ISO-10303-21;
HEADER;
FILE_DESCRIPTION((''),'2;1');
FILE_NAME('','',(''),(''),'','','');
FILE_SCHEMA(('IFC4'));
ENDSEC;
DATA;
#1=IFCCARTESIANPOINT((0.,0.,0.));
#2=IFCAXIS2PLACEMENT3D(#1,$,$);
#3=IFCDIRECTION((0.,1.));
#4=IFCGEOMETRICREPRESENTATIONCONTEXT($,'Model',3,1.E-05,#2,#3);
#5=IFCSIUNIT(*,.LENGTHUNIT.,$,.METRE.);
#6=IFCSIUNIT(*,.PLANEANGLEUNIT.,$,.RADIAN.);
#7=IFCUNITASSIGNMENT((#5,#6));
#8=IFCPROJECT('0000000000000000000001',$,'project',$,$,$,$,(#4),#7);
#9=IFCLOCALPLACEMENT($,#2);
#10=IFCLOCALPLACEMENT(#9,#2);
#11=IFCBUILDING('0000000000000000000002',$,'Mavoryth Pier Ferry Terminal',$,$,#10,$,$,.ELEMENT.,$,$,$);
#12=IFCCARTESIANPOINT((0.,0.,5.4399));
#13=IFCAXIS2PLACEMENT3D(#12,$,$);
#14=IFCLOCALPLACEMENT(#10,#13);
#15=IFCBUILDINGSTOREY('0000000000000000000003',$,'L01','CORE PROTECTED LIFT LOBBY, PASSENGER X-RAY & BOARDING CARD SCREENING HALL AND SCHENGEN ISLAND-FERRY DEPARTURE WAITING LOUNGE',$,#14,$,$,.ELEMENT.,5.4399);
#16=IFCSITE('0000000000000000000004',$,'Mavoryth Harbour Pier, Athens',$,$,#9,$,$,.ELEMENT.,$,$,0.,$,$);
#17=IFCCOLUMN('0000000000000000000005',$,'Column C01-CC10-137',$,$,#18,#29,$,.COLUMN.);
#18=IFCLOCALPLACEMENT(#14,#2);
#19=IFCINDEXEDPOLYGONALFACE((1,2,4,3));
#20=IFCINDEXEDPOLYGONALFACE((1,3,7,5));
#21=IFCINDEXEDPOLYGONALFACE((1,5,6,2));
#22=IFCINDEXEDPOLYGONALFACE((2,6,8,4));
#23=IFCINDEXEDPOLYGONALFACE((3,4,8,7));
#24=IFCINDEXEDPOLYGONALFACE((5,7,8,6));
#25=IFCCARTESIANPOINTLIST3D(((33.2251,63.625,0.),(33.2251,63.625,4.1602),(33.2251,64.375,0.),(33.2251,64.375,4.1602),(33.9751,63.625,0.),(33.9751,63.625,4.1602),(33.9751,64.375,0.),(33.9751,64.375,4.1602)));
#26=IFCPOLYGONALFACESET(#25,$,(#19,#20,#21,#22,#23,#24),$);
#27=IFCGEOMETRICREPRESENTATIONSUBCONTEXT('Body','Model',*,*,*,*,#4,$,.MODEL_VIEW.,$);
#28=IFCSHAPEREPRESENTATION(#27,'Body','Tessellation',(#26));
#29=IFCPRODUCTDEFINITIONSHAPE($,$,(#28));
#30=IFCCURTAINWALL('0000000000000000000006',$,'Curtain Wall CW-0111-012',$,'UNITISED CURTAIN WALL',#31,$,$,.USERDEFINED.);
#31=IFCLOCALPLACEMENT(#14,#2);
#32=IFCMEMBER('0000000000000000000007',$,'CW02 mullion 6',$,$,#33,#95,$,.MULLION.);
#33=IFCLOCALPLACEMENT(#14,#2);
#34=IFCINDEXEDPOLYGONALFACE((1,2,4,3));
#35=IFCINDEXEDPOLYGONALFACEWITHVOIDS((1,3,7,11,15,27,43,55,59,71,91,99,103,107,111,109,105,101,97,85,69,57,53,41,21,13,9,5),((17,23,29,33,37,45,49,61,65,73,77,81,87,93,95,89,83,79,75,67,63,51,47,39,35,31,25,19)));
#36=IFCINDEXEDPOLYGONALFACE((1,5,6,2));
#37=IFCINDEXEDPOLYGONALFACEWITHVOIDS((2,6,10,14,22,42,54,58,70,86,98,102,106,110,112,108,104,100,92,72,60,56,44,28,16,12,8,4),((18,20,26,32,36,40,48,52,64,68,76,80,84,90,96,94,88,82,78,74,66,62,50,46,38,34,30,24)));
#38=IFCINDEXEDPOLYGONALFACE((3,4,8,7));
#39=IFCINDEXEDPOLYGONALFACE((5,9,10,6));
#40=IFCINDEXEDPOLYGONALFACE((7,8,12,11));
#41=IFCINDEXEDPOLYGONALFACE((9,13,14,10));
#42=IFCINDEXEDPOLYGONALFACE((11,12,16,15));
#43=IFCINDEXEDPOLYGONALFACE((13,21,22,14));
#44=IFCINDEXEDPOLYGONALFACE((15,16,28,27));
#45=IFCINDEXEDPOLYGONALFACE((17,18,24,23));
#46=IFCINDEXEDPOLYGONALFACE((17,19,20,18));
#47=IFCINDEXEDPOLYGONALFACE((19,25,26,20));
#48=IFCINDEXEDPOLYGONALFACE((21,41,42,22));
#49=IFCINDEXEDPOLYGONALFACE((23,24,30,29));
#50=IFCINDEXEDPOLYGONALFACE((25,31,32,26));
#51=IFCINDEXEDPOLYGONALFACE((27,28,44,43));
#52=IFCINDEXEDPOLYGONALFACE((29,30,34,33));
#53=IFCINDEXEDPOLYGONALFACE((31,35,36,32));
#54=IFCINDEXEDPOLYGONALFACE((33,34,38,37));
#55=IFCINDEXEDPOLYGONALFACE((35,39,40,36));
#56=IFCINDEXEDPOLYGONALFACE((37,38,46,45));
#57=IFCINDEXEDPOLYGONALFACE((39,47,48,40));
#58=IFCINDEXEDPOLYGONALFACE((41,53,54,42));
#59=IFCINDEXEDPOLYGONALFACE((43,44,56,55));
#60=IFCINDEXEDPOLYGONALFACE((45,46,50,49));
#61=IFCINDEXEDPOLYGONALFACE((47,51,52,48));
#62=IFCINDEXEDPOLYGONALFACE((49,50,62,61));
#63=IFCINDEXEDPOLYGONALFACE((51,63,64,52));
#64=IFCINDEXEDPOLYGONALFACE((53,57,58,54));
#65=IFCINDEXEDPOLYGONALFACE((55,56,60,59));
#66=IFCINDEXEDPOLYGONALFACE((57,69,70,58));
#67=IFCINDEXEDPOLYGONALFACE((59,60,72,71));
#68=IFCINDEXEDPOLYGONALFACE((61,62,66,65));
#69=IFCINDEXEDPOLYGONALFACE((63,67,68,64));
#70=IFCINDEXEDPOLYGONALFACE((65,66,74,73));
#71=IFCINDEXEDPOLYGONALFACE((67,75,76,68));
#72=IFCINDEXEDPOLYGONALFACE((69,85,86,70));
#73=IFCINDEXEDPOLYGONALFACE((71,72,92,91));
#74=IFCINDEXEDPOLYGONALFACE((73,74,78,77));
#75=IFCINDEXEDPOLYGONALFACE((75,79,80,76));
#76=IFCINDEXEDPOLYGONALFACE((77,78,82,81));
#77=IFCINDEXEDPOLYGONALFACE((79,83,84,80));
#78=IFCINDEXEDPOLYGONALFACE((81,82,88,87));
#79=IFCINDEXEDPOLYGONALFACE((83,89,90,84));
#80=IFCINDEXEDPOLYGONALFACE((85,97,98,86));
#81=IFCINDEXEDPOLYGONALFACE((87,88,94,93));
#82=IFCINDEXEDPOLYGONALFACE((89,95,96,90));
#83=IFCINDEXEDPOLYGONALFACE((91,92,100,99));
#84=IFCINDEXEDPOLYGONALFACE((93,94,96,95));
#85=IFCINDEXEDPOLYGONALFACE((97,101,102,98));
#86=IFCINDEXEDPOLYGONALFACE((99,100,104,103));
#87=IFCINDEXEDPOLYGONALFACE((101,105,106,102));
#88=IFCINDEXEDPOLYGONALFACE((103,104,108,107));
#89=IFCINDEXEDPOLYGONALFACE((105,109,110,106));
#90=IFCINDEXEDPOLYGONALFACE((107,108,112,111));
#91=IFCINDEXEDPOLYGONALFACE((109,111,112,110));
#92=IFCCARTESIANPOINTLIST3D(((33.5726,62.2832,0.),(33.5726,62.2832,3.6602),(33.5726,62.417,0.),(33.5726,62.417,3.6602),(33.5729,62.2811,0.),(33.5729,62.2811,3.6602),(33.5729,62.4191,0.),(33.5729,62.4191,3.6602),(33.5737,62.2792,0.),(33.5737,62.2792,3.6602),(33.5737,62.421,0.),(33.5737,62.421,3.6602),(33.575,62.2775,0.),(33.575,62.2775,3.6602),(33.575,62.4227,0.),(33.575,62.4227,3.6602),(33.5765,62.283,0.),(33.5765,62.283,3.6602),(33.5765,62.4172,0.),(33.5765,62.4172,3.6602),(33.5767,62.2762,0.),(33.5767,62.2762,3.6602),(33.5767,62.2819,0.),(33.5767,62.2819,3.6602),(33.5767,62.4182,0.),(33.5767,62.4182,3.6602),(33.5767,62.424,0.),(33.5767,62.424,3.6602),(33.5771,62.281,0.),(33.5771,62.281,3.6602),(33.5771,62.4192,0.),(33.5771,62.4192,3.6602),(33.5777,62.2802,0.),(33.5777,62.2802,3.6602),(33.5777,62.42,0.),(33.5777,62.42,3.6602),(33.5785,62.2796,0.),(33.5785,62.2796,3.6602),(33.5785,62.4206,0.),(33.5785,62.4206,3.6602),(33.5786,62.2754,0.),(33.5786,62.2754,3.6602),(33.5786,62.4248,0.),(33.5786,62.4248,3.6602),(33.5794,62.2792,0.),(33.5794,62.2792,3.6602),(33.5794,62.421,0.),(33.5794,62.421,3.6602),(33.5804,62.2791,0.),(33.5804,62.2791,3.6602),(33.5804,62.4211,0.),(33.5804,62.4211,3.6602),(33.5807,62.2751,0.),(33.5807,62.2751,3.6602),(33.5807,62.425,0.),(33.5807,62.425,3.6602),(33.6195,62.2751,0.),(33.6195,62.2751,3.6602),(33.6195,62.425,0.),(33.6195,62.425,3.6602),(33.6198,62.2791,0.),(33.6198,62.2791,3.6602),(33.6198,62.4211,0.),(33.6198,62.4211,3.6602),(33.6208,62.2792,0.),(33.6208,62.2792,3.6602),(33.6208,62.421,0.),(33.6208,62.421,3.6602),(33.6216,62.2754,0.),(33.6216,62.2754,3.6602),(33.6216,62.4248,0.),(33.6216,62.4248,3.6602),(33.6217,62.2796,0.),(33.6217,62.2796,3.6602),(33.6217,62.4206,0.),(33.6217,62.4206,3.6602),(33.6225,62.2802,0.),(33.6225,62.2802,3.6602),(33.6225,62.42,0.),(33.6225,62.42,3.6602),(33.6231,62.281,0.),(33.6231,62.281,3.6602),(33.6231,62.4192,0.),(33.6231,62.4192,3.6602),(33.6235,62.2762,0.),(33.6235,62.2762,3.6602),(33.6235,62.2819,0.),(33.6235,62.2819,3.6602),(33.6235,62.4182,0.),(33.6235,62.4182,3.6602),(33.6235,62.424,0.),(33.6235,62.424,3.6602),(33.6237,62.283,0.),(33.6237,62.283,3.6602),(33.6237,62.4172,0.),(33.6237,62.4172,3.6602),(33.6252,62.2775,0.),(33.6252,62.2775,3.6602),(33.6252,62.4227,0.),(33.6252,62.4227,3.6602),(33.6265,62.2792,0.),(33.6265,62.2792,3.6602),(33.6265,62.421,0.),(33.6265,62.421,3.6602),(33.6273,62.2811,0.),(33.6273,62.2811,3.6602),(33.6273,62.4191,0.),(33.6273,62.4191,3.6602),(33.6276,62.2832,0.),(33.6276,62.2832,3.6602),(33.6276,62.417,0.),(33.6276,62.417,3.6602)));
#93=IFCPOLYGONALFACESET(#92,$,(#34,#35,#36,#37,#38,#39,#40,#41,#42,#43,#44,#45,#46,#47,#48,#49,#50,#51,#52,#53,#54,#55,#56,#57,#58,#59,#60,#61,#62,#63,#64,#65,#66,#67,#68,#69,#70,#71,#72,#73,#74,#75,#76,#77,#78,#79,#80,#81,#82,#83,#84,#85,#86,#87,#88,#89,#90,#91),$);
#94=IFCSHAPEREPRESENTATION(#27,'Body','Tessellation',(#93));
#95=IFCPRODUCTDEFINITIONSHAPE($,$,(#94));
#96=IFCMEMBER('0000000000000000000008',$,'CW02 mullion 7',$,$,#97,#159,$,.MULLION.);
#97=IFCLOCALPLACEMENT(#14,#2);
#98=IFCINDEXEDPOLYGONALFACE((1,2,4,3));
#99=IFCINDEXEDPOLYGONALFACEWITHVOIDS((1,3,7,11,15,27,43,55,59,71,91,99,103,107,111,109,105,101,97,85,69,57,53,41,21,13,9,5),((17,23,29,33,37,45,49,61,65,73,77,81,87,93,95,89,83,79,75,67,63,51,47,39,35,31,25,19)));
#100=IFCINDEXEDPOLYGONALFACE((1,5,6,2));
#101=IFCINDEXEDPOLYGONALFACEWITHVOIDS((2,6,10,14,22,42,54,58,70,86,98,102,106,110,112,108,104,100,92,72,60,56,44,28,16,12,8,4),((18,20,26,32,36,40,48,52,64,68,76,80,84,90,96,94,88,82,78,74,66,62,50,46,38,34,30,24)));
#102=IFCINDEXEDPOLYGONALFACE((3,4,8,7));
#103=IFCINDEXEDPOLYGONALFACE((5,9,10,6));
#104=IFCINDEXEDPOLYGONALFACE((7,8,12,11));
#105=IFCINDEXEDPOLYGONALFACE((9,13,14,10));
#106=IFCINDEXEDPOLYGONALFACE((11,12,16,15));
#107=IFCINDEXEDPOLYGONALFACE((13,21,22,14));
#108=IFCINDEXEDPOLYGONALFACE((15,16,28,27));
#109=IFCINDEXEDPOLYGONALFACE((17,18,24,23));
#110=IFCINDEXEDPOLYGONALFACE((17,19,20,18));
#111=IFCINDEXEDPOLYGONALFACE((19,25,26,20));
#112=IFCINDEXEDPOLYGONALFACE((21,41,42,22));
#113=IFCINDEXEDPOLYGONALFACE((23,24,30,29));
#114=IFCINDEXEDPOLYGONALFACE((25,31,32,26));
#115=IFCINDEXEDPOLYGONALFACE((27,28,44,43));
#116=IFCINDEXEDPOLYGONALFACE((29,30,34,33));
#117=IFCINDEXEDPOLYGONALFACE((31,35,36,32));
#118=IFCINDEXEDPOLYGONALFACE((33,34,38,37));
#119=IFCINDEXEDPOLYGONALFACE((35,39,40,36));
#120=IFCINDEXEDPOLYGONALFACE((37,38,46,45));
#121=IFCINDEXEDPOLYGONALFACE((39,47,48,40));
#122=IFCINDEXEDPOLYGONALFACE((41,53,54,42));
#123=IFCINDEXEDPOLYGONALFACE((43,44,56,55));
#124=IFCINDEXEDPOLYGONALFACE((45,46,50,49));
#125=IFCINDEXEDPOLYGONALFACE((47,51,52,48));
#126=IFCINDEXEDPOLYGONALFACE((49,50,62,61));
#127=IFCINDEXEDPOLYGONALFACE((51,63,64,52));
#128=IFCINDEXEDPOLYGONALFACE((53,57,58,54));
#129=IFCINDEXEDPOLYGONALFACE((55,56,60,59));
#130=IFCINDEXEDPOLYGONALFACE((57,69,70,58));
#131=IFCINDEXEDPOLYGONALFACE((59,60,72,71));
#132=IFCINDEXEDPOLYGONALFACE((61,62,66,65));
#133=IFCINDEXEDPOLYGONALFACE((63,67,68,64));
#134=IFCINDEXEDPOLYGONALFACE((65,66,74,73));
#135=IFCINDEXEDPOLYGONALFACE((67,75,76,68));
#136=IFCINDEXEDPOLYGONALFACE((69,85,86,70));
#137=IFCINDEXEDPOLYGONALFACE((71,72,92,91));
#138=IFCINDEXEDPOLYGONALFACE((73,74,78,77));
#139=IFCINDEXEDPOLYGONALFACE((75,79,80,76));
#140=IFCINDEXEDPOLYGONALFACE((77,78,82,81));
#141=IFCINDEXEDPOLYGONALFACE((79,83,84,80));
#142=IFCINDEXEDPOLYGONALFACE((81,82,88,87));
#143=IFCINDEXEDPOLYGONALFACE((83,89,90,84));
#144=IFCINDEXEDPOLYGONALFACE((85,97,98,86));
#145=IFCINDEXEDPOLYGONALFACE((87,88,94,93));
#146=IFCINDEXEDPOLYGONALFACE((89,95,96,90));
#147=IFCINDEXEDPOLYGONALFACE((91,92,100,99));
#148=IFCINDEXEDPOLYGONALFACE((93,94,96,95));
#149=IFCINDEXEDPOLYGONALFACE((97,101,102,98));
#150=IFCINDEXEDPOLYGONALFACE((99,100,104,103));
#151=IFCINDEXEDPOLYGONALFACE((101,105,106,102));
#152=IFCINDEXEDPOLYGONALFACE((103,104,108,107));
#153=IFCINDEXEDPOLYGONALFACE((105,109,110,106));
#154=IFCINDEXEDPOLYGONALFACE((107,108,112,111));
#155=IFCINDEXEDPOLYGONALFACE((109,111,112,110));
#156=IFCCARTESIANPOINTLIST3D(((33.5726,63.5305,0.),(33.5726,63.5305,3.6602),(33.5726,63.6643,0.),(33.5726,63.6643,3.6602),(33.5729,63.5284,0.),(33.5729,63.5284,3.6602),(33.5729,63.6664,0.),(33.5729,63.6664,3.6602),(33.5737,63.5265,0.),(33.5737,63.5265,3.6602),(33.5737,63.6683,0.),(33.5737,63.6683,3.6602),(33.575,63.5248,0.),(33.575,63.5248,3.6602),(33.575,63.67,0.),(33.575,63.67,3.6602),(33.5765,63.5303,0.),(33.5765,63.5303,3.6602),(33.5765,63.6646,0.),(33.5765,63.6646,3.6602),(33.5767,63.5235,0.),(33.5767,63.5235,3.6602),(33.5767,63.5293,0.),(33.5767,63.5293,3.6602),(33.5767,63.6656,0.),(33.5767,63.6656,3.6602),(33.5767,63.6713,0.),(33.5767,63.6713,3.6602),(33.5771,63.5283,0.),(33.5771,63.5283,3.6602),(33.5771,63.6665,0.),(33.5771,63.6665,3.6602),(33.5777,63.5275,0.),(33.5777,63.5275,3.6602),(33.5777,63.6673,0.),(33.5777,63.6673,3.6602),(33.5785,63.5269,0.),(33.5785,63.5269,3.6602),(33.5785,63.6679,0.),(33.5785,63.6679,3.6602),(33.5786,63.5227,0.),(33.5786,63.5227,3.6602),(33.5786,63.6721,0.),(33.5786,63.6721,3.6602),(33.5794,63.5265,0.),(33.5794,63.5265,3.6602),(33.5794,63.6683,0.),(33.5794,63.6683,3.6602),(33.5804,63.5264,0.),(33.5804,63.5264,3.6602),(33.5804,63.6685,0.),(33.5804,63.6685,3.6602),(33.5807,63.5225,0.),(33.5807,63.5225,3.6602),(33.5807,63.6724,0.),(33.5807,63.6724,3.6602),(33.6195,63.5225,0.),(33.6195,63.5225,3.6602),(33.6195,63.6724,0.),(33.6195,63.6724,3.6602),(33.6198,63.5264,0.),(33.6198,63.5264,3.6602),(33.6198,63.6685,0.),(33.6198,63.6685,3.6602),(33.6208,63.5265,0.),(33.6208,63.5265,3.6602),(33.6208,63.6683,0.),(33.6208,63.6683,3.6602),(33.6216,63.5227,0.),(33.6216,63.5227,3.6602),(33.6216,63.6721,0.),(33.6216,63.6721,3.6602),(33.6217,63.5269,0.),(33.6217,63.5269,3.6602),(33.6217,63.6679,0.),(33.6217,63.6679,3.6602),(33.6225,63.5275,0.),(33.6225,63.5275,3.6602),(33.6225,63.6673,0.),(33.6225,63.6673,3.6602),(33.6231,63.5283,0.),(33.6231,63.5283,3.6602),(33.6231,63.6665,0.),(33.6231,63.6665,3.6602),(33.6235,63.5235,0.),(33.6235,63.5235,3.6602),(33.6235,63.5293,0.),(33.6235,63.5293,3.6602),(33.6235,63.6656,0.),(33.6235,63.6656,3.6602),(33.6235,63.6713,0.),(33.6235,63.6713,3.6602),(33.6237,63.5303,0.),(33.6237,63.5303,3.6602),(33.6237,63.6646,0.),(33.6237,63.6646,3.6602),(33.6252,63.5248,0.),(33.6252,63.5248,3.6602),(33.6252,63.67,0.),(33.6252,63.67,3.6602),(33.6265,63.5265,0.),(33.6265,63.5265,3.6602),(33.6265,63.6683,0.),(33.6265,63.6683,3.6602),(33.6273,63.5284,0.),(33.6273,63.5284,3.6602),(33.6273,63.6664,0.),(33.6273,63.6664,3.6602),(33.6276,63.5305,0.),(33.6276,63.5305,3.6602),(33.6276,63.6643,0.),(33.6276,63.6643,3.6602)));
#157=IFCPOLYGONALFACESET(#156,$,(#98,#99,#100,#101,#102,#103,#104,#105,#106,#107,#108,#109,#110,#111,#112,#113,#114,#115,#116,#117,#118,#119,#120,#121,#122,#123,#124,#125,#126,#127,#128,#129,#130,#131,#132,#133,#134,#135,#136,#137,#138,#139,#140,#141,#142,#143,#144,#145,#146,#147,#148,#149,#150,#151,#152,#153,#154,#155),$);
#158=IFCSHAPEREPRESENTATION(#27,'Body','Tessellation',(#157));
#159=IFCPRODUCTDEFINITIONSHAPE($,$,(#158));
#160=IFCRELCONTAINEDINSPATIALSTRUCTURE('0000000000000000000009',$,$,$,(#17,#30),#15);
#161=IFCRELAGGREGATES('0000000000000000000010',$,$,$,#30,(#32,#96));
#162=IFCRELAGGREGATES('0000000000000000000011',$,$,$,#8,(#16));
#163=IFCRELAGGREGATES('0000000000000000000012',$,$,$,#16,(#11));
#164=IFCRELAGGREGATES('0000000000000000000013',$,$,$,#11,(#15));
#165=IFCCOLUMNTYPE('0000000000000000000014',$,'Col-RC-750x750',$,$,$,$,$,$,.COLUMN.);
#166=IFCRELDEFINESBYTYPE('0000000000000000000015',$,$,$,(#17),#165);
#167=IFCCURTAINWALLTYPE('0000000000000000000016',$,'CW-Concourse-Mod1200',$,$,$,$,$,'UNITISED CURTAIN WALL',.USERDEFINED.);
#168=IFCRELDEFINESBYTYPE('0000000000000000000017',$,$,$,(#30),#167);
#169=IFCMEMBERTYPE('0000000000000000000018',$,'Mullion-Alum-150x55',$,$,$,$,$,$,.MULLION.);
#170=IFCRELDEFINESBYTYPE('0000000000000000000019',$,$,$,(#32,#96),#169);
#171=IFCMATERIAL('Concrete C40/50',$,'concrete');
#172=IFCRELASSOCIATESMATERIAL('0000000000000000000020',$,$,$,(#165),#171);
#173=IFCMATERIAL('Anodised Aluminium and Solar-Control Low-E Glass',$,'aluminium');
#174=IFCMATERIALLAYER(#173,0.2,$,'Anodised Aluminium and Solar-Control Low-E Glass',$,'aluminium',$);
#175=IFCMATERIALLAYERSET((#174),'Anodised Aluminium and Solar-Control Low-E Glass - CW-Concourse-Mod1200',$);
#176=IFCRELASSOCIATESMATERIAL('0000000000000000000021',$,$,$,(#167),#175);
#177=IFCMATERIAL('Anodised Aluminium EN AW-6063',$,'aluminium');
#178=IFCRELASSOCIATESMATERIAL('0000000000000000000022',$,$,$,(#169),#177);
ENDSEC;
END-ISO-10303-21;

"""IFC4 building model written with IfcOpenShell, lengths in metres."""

from ifc_helpers import new_model, si_unit, direction, frame, origin, origin_2d, place, context, subcontext, project, spatial, rectangle, hollow_rectangle, extrude, material, layer, layer_set, material_profile, profile_set, type_object, element, aggregate, save


model = new_model("IFC4")

# Units and contexts
model_context = context("Model", 3, precision=1e-05, world=origin(), true_north=direction((0.0, 1.0)))
body_context = subcontext(model_context, "Body", "Model", "MODEL_VIEW")
ifc_project = project(units=[si_unit("LENGTHUNIT", "METRE"), si_unit("PLANEANGLEUNIT", "RADIAN")], contexts=[model_context])

# Site, building, storey
site_placement = place(None, origin())
site = spatial("IfcSite", under=ifc_project, at=site_placement, Name="Mavoryth Harbour Pier, Athens", CompositionType="ELEMENT", RefElevation=0.0)
building_placement = place(site_placement, origin())
building = spatial("IfcBuilding", under=site, at=building_placement, Name="Mavoryth Pier Ferry Terminal", CompositionType="ELEMENT")
storey_placement = place(building_placement, frame((0.0, 0.0, 5.4399)))
storey = spatial("IfcBuildingStorey", under=building, at=storey_placement, Name="L01", Description="CORE PROTECTED LIFT LOBBY, PASSENGER X-RAY & BOARDING CARD SCREENING HALL AND SCHENGEN ISLAND-FERRY DEPARTURE WAITING LOUNGE", CompositionType="ELEMENT", Elevation=5.4399)

# Column
ifc_material_1 = material(Name="Concrete C40/50", Category="concrete")
ifc_material_profile_1 = material_profile(ifc_material_1, rectangle(XDim=0.75, YDim=0.75, at=origin_2d()), Name="RC 750x750", Category="concrete")
ifc_profile_set_1 = profile_set([ifc_material_profile_1], Name="Concrete C40/50 - RC 750x750")
column_type = type_object("IfcColumnType", Name="Col-RC-750x750", PredefinedType="COLUMN", material=ifc_profile_set_1)
column_placement = place(storey_placement, frame((33.6001, 64.0, 0.0), z_axis=(0.0, 0.0, 1.0), x_axis=(1.0, 0.0, 0.0)))
element("IfcColumn", 1, at=column_placement, inside=storey, type_object=column_type, Name="Column C01-CC10-137", PredefinedType="COLUMN", context=body_context, shape_type="SweptSolid", body=[
    extrude(rectangle(XDim=0.75, YDim=0.75, at=origin_2d()), origin(), (0.0, 0.0, 1.0), 4.1602),
])

# Curtain wall, members
ifc_material_2 = material(Name="Anodised Aluminium and Solar-Control Low-E Glass", Category="aluminium")
ifc_layer_1 = layer(ifc_material_2, 0.2, Name="Anodised Aluminium and Solar-Control Low-E Glass", Category="aluminium")
ifc_layer_set_1 = layer_set([ifc_layer_1], Name="Anodised Aluminium and Solar-Control Low-E Glass - CW-Concourse-Mod1200")
curtain_wall_type = type_object("IfcCurtainWallType", Name="CW-Concourse-Mod1200", ElementType="UNITISED CURTAIN WALL", PredefinedType="USERDEFINED", material=ifc_layer_set_1)
curtain_wall_1_placement = place(storey_placement, origin())
curtain_wall_1 = element("IfcCurtainWall", 2, at=curtain_wall_1_placement, inside=storey, type_object=curtain_wall_type, Name="Curtain Wall CW-0111-012", ObjectType="UNITISED CURTAIN WALL", PredefinedType="USERDEFINED")
ifc_material_3 = material(Name="Anodised Aluminium EN AW-6063", Category="aluminium")
ifc_material_profile_2 = material_profile(ifc_material_3, hollow_rectangle(XDim=0.0549, YDim=0.1499, WallThickness=0.0039, InnerFilletRadius=0.0039, OuterFilletRadius=0.0081, at=origin_2d()), Name="AL-MULL 150x55x4", Category="aluminium")
ifc_profile_set_2 = profile_set([ifc_material_profile_2], Name="Anodised Aluminium EN AW-6063 - AL-MULL 150x55x4")
member_type_1 = type_object("IfcMemberType", Name="Mullion-Alum-150x55", PredefinedType="MULLION", material=ifc_profile_set_2)
member_1_placement = place(storey_placement, frame((33.6001, 62.3501, 0.0), z_axis=(0.0, 0.0, 1.0), x_axis=(-1.0, 0.0, 0.0)))
member_1 = element("IfcMember", 3, at=member_1_placement, type_object=member_type_1, Name="CW02 mullion 6", PredefinedType="MULLION", context=body_context, shape_type="SweptSolid", body=[
    extrude(hollow_rectangle(XDim=0.0549, YDim=0.1499, WallThickness=0.0039, InnerFilletRadius=0.0039, OuterFilletRadius=0.0081, at=origin_2d()), origin(), (0.0, 0.0, 1.0), 3.6602),
])
member_2_placement = place(storey_placement, frame((33.6001, 63.5974, 0.0), z_axis=(0.0, 0.0, 1.0), x_axis=(-1.0, 0.0, 0.0)))
member_2 = element("IfcMember", 4, at=member_2_placement, type_object=member_type_1, Name="CW02 mullion 7", PredefinedType="MULLION", context=body_context, shape_type="SweptSolid", body=[
    extrude(hollow_rectangle(XDim=0.0549, YDim=0.1499, WallThickness=0.0039, InnerFilletRadius=0.0039, OuterFilletRadius=0.0081, at=origin_2d()), origin(), (0.0, 0.0, 1.0), 3.6602),
])

aggregate(curtain_wall_1, [member_1, member_2])

save(model, "model.ifc")
